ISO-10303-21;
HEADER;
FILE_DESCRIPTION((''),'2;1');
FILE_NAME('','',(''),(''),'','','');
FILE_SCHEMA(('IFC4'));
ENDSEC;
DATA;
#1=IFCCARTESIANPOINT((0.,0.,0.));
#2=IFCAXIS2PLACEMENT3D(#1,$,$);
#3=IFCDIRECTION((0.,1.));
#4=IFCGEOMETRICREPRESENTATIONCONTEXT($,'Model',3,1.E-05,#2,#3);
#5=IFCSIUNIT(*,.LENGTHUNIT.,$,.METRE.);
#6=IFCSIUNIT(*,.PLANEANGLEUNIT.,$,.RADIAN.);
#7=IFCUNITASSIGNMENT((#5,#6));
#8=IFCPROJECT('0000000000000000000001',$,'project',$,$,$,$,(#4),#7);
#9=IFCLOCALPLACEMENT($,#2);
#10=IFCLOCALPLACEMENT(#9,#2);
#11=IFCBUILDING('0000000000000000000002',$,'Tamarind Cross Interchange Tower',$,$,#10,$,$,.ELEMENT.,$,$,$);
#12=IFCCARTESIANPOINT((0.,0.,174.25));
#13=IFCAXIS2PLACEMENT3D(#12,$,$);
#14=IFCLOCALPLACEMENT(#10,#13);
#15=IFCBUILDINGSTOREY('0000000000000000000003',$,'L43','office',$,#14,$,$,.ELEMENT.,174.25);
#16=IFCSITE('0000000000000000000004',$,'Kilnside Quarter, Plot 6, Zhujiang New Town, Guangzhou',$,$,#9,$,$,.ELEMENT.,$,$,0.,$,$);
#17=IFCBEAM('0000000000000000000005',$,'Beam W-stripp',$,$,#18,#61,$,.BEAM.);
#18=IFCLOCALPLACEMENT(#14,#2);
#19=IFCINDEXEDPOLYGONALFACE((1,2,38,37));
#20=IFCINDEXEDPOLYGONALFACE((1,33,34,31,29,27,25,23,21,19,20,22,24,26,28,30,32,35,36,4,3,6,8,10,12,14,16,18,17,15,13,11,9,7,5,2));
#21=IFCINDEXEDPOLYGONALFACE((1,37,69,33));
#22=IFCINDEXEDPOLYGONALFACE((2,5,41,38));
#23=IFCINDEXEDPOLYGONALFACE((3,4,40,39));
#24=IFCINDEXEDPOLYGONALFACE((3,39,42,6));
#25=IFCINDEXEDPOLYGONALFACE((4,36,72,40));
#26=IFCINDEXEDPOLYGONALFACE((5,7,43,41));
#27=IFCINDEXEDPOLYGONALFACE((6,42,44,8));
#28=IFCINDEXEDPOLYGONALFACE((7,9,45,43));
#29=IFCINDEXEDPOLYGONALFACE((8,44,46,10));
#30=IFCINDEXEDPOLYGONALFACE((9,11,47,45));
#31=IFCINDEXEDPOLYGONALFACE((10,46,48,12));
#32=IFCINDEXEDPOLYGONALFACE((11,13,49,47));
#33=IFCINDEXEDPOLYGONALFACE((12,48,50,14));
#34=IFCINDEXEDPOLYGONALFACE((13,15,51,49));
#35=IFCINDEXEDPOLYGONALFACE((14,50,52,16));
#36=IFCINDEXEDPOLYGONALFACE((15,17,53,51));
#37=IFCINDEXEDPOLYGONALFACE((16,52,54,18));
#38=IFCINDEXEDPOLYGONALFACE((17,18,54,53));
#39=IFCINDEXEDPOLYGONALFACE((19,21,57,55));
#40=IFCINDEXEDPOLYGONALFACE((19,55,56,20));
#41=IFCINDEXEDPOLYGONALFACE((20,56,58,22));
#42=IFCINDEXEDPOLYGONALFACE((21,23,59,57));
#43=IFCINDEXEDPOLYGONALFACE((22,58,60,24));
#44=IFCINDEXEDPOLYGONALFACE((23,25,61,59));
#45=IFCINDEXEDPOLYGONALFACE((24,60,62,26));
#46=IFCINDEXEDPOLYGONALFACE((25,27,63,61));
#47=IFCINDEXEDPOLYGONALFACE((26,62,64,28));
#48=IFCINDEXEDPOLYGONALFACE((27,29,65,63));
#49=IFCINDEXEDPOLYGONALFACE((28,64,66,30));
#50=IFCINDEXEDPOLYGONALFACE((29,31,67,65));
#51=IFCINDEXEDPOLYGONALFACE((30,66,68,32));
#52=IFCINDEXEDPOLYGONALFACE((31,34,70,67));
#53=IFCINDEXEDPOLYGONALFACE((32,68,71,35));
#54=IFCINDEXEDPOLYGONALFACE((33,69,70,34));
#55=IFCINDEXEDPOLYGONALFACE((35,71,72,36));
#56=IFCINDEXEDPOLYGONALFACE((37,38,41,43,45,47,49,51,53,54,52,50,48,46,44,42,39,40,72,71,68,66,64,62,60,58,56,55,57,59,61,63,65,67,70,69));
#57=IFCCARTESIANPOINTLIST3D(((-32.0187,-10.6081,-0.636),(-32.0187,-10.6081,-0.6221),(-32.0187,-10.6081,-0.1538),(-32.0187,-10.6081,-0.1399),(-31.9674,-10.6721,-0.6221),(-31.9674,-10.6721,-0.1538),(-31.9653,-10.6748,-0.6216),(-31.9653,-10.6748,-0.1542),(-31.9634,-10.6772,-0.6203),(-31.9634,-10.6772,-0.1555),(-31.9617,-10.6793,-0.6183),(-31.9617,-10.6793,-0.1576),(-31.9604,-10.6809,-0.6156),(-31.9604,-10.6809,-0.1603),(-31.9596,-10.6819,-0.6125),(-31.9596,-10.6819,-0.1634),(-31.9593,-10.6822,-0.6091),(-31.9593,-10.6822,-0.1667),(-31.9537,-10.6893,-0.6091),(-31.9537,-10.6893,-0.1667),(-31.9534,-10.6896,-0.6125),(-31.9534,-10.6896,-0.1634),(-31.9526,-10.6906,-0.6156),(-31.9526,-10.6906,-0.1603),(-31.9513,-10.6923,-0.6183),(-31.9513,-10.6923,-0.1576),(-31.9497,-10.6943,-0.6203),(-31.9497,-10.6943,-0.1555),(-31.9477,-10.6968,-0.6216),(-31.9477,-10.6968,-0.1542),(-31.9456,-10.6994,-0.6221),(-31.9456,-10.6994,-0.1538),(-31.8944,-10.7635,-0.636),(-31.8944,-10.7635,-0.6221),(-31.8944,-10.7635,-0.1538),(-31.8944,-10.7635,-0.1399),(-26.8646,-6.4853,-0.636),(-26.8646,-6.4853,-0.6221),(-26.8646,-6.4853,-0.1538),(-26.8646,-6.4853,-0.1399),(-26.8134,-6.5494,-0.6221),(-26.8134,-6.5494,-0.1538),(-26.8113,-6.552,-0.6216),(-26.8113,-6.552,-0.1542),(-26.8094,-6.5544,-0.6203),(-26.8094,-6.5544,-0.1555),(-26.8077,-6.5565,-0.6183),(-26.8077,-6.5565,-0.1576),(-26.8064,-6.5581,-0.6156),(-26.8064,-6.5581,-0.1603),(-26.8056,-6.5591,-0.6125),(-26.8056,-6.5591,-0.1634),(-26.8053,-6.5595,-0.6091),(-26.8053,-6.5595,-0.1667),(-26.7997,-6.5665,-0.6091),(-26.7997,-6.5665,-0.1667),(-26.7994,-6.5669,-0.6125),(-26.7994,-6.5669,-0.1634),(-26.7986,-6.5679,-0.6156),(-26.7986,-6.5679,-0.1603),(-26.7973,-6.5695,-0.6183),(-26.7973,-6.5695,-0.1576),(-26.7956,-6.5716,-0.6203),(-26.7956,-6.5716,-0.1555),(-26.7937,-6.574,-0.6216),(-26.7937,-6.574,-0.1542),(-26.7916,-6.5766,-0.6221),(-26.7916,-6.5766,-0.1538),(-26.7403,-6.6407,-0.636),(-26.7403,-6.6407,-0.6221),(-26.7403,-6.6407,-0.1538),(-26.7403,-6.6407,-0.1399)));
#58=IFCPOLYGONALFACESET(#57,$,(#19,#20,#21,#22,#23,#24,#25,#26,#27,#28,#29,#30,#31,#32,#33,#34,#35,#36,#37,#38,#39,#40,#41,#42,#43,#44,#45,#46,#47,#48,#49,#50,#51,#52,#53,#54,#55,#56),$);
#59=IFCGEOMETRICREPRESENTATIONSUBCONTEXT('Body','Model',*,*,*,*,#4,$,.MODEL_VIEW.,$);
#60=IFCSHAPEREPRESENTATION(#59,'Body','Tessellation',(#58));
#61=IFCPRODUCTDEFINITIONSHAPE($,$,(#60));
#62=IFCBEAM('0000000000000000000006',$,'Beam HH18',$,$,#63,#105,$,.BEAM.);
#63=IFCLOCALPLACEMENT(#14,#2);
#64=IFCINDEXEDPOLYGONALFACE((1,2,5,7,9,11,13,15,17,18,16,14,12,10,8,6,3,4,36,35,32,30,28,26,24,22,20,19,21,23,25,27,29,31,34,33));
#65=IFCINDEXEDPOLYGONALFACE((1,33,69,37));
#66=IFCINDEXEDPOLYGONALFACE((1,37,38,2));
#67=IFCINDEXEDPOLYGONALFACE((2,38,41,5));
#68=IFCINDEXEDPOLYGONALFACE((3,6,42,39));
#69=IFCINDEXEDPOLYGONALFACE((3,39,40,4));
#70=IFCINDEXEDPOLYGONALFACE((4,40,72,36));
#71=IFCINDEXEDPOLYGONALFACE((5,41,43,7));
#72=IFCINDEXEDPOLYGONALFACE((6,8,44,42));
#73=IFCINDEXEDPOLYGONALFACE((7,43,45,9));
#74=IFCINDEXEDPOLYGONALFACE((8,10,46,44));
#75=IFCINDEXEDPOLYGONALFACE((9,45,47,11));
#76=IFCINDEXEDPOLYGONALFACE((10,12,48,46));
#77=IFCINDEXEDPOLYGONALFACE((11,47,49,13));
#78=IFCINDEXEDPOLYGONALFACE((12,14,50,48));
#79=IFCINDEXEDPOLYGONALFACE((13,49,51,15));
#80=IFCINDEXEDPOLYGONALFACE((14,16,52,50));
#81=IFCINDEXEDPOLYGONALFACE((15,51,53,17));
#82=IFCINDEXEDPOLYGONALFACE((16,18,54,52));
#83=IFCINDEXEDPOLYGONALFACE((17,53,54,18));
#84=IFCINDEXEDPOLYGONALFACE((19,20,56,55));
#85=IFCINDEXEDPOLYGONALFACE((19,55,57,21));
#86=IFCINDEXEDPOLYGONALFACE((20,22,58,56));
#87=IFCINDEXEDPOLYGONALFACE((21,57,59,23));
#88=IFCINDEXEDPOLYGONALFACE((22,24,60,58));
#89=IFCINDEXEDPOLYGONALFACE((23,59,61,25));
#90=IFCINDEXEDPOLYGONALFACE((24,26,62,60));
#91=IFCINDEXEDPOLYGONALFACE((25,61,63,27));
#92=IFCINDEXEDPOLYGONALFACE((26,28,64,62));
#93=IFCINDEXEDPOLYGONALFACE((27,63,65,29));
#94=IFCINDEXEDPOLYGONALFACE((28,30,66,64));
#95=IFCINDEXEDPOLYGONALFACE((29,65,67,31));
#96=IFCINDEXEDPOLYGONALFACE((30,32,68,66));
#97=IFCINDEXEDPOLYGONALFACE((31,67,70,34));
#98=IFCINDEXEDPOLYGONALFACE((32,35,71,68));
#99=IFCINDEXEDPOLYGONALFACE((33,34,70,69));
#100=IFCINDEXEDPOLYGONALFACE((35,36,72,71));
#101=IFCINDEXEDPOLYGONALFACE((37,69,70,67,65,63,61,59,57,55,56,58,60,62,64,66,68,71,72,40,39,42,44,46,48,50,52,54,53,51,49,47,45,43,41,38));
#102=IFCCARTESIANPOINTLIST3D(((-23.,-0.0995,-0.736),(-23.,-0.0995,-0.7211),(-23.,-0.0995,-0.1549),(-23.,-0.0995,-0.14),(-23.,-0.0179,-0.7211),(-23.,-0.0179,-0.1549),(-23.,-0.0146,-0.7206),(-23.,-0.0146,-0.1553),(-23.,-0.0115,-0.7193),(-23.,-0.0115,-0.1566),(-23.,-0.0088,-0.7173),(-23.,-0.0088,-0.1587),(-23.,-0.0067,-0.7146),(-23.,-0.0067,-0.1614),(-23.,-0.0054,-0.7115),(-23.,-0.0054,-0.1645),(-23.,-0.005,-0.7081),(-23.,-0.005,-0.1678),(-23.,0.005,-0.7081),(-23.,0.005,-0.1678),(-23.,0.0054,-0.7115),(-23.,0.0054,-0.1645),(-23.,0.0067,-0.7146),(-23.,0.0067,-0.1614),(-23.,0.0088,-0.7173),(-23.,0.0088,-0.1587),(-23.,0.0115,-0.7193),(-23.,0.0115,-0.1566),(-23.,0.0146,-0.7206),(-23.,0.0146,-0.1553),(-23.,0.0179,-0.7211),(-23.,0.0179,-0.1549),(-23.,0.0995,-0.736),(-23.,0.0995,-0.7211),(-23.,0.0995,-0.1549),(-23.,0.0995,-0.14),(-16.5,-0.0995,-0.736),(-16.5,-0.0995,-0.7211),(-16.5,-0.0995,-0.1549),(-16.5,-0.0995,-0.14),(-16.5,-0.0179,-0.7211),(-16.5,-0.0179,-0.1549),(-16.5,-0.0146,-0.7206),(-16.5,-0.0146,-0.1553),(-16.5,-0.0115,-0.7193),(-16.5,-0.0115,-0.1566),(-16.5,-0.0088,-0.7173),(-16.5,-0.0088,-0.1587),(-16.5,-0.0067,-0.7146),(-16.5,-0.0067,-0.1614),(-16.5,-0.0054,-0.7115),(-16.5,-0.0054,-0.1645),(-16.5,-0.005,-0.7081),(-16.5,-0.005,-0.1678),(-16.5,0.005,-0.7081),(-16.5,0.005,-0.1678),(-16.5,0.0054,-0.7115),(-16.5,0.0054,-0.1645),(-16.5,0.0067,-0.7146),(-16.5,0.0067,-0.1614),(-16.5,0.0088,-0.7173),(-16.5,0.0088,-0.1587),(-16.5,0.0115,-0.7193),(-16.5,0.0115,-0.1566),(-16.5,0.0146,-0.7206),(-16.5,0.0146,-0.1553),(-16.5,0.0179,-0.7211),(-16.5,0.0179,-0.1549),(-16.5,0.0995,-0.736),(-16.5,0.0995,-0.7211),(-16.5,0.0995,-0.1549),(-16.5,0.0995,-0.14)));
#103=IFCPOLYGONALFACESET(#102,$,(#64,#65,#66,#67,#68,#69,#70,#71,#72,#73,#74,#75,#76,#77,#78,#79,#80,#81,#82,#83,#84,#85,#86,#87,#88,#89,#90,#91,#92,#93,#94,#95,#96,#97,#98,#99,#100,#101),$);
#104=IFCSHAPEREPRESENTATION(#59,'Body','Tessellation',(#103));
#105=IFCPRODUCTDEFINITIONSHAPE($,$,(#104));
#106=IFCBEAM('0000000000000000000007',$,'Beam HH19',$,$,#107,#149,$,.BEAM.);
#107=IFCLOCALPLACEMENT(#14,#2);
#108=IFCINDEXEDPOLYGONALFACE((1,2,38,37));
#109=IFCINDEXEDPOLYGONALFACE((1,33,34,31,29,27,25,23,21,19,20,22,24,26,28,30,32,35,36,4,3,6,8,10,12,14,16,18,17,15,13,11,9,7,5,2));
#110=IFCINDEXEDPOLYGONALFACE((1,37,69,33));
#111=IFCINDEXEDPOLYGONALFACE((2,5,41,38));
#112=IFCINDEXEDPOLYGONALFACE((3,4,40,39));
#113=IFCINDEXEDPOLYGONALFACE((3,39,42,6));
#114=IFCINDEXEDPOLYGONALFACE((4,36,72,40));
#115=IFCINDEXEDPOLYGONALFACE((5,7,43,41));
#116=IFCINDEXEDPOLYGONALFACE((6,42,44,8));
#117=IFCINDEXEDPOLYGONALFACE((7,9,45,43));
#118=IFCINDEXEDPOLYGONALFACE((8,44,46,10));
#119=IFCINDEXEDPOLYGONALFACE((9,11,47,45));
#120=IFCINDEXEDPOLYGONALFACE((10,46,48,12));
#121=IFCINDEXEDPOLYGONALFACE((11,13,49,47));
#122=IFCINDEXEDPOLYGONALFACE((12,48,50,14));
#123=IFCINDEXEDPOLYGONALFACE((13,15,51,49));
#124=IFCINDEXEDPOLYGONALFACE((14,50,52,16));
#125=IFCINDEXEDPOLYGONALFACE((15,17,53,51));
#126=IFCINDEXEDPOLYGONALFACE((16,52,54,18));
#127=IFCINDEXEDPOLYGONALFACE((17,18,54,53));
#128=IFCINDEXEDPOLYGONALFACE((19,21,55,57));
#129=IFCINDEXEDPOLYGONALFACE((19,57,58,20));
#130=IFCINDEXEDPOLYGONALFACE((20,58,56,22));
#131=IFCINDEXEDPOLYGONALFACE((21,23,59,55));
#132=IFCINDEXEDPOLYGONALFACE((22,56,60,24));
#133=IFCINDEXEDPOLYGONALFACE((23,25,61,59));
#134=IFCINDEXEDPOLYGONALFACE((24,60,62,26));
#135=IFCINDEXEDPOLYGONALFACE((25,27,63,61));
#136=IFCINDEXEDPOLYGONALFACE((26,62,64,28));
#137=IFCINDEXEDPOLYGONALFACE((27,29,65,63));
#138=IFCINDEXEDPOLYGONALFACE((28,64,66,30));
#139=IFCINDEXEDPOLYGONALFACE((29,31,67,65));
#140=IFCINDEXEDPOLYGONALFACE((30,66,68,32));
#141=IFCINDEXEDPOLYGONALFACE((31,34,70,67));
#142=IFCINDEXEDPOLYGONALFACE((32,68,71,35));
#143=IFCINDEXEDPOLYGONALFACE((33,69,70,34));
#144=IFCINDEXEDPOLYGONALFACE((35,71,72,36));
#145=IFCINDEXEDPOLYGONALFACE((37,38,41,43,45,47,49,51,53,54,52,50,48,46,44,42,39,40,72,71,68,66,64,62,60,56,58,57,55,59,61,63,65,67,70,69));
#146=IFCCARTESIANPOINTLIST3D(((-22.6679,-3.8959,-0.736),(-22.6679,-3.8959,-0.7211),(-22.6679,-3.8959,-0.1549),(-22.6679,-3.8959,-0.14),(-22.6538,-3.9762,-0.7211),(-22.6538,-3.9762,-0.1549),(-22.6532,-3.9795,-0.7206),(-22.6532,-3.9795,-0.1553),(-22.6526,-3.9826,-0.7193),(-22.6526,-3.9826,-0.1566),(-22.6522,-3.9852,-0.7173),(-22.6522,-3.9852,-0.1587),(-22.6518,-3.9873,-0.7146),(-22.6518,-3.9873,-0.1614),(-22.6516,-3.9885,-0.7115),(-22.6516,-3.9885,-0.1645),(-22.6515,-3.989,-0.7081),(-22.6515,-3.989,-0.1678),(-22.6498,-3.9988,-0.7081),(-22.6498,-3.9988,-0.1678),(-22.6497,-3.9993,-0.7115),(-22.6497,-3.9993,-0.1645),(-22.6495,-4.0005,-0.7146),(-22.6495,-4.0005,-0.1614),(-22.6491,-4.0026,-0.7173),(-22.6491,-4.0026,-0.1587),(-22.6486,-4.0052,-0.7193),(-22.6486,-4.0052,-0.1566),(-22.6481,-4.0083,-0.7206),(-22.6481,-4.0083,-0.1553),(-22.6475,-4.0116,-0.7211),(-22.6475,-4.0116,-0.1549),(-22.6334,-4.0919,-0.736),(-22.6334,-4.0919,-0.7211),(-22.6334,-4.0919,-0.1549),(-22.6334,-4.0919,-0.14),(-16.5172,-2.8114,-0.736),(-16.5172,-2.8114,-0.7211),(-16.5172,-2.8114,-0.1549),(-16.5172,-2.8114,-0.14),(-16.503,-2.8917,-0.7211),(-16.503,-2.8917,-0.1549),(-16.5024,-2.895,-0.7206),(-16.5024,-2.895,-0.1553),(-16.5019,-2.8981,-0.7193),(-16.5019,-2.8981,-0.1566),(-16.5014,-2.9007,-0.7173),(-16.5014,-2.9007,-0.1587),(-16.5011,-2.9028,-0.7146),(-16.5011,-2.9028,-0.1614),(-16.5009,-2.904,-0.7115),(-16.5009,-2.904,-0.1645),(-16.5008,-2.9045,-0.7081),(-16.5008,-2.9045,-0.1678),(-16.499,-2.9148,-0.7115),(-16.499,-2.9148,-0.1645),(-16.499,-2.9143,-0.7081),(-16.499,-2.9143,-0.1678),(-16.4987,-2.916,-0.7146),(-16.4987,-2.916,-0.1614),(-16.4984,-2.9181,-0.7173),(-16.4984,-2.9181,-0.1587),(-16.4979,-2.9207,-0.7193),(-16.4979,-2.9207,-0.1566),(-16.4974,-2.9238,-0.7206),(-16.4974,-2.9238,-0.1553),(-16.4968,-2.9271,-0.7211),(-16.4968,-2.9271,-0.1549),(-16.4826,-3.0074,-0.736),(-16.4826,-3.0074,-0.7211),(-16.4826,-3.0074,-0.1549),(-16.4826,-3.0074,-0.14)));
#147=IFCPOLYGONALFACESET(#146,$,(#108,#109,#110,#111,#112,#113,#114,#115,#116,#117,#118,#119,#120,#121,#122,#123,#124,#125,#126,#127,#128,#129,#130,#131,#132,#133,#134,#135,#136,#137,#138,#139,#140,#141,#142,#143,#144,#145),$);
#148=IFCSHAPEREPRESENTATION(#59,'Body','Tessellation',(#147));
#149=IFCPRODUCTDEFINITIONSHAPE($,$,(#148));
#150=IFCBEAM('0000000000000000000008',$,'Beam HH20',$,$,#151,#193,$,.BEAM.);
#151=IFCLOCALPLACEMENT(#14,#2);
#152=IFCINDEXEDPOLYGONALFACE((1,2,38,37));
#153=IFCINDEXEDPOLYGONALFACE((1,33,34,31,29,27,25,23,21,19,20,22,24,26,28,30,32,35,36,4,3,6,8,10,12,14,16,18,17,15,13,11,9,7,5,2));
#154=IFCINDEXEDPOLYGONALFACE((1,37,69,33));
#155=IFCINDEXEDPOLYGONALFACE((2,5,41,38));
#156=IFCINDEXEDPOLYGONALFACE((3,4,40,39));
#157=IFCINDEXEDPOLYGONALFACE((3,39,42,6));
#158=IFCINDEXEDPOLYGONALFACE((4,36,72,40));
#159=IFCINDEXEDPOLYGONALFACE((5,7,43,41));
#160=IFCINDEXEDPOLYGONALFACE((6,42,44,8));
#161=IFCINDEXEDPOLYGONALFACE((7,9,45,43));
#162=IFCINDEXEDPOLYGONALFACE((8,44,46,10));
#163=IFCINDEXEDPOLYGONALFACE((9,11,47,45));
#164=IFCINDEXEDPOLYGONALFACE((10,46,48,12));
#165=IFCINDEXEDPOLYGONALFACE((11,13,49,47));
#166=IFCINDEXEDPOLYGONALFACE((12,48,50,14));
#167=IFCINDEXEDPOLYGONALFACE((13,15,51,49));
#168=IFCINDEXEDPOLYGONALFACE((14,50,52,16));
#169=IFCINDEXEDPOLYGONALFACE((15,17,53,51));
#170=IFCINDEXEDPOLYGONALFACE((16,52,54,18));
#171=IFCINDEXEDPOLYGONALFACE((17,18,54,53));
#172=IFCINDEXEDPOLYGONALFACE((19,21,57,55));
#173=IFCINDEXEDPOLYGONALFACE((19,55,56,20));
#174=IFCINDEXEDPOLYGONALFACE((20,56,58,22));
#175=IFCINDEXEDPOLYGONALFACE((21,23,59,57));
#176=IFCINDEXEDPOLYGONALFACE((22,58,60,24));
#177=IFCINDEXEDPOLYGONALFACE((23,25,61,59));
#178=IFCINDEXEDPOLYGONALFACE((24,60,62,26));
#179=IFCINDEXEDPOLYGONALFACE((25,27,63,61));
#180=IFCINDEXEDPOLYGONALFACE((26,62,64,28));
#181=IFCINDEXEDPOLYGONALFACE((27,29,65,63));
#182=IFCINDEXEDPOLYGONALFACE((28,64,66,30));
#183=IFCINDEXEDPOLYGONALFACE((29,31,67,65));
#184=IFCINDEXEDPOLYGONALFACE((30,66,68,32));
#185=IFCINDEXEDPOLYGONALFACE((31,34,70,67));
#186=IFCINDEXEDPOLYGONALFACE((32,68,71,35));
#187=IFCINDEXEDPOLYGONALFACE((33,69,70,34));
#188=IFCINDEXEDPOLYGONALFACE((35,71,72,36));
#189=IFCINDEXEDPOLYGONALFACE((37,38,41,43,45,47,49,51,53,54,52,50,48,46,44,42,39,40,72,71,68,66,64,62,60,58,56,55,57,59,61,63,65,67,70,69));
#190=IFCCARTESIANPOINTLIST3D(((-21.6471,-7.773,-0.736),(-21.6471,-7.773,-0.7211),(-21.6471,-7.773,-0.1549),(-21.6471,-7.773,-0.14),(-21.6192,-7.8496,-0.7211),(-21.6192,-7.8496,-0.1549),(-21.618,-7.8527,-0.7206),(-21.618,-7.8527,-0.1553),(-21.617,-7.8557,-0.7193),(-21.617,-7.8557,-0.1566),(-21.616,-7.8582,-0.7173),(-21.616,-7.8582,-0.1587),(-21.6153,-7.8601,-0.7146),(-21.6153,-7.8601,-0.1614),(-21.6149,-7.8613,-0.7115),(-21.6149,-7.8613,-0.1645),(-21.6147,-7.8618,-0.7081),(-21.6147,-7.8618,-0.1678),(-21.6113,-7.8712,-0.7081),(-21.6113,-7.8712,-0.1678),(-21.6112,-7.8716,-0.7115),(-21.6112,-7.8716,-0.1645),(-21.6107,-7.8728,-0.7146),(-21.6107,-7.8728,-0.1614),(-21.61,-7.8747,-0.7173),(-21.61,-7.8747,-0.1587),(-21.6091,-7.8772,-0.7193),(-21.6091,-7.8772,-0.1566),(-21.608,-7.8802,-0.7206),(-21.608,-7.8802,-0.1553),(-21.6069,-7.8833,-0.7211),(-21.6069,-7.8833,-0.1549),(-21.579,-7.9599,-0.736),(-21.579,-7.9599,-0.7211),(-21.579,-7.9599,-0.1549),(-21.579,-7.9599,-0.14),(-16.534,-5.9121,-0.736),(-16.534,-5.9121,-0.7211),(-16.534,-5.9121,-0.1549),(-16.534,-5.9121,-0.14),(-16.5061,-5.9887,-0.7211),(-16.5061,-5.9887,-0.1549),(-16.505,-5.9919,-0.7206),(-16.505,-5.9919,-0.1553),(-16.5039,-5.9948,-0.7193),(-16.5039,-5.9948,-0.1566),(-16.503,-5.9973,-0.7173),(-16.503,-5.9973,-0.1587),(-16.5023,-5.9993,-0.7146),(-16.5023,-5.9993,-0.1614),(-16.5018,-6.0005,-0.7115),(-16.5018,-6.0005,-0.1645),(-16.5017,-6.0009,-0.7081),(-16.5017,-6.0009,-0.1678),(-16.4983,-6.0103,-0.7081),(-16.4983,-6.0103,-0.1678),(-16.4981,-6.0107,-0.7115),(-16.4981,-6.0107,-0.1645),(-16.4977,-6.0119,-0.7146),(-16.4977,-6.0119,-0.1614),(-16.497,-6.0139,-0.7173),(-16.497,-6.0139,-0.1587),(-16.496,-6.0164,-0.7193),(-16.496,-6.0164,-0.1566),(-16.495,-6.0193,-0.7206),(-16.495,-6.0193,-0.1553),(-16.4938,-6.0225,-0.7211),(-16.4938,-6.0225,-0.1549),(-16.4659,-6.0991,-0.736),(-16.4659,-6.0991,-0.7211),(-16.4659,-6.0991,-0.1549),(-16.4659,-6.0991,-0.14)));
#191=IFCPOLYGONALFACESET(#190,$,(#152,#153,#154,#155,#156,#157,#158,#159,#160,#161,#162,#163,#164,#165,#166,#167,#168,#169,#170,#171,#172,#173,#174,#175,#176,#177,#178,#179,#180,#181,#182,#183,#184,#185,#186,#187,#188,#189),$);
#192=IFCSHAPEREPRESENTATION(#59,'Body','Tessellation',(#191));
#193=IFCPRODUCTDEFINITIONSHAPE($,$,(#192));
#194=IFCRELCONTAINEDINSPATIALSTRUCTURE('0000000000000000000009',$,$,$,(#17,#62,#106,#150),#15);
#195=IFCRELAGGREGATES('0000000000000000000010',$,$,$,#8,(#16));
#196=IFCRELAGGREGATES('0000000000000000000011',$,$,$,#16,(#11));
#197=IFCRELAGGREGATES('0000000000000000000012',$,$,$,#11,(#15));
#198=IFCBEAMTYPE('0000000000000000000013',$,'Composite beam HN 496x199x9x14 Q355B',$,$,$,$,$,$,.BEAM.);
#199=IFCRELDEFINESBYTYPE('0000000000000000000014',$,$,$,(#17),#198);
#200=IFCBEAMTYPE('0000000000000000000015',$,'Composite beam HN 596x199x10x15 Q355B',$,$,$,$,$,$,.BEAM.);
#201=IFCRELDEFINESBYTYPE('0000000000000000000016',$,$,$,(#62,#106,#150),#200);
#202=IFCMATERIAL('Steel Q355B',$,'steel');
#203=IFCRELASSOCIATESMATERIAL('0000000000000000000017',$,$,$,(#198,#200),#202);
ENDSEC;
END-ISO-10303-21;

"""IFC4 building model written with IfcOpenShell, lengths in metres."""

from ifc_helpers import new_model, si_unit, direction, frame, origin, origin_2d, place, context, subcontext, project, spatial, i_section, extrude, material, material_profile, profile_set, type_object, element, save


model = new_model("IFC4")

# Units and contexts
model_context = context("Model", 3, precision=1e-05, world=origin(), true_north=direction((0.0, 1.0)))
body_context = subcontext(model_context, "Body", "Model", "MODEL_VIEW")
ifc_project = project(units=[si_unit("LENGTHUNIT", "METRE"), si_unit("PLANEANGLEUNIT", "RADIAN")], contexts=[model_context])

# Site, building, storey
site_placement = place(None, origin())
site = spatial("IfcSite", under=ifc_project, at=site_placement, Name="Kilnside Quarter, Plot 6, Zhujiang New Town, Guangzhou", CompositionType="ELEMENT", RefElevation=0.0)
building_placement = place(site_placement, origin())
building = spatial("IfcBuilding", under=site, at=building_placement, Name="Tamarind Cross Interchange Tower", CompositionType="ELEMENT")
storey_placement = place(building_placement, frame((0.0, 0.0, 174.25)))
storey = spatial("IfcBuildingStorey", under=building, at=storey_placement, Name="L43", Description="office", CompositionType="ELEMENT", Elevation=174.25)

# Beams
ifc_material_1 = material(Name="Steel Q355B", Category="steel")
ifc_material_profile_1 = material_profile(ifc_material_1, i_section(OverallWidth=0.199, OverallDepth=0.4961, WebThickness=0.009, FlangeThickness=0.0139, FilletRadius=0.0129, at=origin_2d()), Name="HN 496x199x9x14")
ifc_profile_set_1 = profile_set([ifc_material_profile_1], Name="Steel Q355B")
beam_type_1 = type_object("IfcBeamType", Name="Composite beam HN 496x199x9x14 Q355B", PredefinedType="BEAM", material=ifc_profile_set_1)
beam_1_placement = place(storey_placement, frame((-26.8025, -6.563, -0.3879), z_axis=(-0.780901, -0.624654, 0.0), x_axis=(0.624654, -0.780901, 0.0)))
element("IfcBeam", 1, at=beam_1_placement, inside=storey, type_object=beam_type_1, Name="Beam W-stripp", PredefinedType="BEAM", context=body_context, shape_type="SweptSolid", body=[
    extrude(i_section(OverallWidth=0.199, OverallDepth=0.4961, WebThickness=0.009, FlangeThickness=0.0139, FilletRadius=0.0129, at=origin_2d()), origin(), (0.0, 0.0, 1.0), 6.6001),
])
ifc_material_profile_2 = material_profile(ifc_material_1, i_section(OverallWidth=0.199, OverallDepth=0.5959, WebThickness=0.01, FlangeThickness=0.0149, FilletRadius=0.0129, at=origin_2d()), Name="HN 596x199x10x15")
ifc_profile_set_2 = profile_set([ifc_material_profile_2], Name="Steel Q355B")
beam_type_2 = type_object("IfcBeamType", Name="Composite beam HN 596x199x10x15 Q355B", PredefinedType="BEAM", material=ifc_profile_set_2)
beam_2_placement = place(storey_placement, frame((-23.0, 0.0, -0.438), z_axis=(1.0, 0.0, 0.0), x_axis=(0.0, 1.0, 0.0)))
element("IfcBeam", 2, at=beam_2_placement, inside=storey, type_object=beam_type_2, Name="Beam HH18", PredefinedType="BEAM", context=body_context, shape_type="SweptSolid", body=[
    extrude(i_section(OverallWidth=0.199, OverallDepth=0.5959, WebThickness=0.01, FlangeThickness=0.0149, FilletRadius=0.0129, at=origin_2d()), origin(), (0.0, 0.0, 1.0), 6.5),
])
beam_3_placement = place(storey_placement, frame((-22.6506, -3.9939, -0.438), z_axis=(0.984809, 0.17364, 0.0), x_axis=(-0.17364, 0.984809, 0.0)))
element("IfcBeam", 3, at=beam_3_placement, inside=storey, type_object=beam_type_2, Name="Beam HH19", PredefinedType="BEAM", context=body_context, shape_type="SweptSolid", body=[
    extrude(i_section(OverallWidth=0.199, OverallDepth=0.5959, WebThickness=0.01, FlangeThickness=0.0149, FilletRadius=0.0129, at=origin_2d()), origin(), (0.0, 0.0, 1.0), 6.2456),
])
beam_4_placement = place(storey_placement, frame((-21.613, -7.8665, -0.438), z_axis=(0.939702, 0.341995, 0.0), x_axis=(-0.341995, 0.939702, 0.0)))
element("IfcBeam", 4, at=beam_4_placement, inside=storey, type_object=beam_type_2, Name="Beam HH20", PredefinedType="BEAM", context=body_context, shape_type="SweptSolid", body=[
    extrude(i_section(OverallWidth=0.199, OverallDepth=0.5959, WebThickness=0.01, FlangeThickness=0.0149, FilletRadius=0.0129, at=origin_2d()), origin(), (0.0, 0.0, 1.0), 5.4412),
])

save(model, "model.ifc")
